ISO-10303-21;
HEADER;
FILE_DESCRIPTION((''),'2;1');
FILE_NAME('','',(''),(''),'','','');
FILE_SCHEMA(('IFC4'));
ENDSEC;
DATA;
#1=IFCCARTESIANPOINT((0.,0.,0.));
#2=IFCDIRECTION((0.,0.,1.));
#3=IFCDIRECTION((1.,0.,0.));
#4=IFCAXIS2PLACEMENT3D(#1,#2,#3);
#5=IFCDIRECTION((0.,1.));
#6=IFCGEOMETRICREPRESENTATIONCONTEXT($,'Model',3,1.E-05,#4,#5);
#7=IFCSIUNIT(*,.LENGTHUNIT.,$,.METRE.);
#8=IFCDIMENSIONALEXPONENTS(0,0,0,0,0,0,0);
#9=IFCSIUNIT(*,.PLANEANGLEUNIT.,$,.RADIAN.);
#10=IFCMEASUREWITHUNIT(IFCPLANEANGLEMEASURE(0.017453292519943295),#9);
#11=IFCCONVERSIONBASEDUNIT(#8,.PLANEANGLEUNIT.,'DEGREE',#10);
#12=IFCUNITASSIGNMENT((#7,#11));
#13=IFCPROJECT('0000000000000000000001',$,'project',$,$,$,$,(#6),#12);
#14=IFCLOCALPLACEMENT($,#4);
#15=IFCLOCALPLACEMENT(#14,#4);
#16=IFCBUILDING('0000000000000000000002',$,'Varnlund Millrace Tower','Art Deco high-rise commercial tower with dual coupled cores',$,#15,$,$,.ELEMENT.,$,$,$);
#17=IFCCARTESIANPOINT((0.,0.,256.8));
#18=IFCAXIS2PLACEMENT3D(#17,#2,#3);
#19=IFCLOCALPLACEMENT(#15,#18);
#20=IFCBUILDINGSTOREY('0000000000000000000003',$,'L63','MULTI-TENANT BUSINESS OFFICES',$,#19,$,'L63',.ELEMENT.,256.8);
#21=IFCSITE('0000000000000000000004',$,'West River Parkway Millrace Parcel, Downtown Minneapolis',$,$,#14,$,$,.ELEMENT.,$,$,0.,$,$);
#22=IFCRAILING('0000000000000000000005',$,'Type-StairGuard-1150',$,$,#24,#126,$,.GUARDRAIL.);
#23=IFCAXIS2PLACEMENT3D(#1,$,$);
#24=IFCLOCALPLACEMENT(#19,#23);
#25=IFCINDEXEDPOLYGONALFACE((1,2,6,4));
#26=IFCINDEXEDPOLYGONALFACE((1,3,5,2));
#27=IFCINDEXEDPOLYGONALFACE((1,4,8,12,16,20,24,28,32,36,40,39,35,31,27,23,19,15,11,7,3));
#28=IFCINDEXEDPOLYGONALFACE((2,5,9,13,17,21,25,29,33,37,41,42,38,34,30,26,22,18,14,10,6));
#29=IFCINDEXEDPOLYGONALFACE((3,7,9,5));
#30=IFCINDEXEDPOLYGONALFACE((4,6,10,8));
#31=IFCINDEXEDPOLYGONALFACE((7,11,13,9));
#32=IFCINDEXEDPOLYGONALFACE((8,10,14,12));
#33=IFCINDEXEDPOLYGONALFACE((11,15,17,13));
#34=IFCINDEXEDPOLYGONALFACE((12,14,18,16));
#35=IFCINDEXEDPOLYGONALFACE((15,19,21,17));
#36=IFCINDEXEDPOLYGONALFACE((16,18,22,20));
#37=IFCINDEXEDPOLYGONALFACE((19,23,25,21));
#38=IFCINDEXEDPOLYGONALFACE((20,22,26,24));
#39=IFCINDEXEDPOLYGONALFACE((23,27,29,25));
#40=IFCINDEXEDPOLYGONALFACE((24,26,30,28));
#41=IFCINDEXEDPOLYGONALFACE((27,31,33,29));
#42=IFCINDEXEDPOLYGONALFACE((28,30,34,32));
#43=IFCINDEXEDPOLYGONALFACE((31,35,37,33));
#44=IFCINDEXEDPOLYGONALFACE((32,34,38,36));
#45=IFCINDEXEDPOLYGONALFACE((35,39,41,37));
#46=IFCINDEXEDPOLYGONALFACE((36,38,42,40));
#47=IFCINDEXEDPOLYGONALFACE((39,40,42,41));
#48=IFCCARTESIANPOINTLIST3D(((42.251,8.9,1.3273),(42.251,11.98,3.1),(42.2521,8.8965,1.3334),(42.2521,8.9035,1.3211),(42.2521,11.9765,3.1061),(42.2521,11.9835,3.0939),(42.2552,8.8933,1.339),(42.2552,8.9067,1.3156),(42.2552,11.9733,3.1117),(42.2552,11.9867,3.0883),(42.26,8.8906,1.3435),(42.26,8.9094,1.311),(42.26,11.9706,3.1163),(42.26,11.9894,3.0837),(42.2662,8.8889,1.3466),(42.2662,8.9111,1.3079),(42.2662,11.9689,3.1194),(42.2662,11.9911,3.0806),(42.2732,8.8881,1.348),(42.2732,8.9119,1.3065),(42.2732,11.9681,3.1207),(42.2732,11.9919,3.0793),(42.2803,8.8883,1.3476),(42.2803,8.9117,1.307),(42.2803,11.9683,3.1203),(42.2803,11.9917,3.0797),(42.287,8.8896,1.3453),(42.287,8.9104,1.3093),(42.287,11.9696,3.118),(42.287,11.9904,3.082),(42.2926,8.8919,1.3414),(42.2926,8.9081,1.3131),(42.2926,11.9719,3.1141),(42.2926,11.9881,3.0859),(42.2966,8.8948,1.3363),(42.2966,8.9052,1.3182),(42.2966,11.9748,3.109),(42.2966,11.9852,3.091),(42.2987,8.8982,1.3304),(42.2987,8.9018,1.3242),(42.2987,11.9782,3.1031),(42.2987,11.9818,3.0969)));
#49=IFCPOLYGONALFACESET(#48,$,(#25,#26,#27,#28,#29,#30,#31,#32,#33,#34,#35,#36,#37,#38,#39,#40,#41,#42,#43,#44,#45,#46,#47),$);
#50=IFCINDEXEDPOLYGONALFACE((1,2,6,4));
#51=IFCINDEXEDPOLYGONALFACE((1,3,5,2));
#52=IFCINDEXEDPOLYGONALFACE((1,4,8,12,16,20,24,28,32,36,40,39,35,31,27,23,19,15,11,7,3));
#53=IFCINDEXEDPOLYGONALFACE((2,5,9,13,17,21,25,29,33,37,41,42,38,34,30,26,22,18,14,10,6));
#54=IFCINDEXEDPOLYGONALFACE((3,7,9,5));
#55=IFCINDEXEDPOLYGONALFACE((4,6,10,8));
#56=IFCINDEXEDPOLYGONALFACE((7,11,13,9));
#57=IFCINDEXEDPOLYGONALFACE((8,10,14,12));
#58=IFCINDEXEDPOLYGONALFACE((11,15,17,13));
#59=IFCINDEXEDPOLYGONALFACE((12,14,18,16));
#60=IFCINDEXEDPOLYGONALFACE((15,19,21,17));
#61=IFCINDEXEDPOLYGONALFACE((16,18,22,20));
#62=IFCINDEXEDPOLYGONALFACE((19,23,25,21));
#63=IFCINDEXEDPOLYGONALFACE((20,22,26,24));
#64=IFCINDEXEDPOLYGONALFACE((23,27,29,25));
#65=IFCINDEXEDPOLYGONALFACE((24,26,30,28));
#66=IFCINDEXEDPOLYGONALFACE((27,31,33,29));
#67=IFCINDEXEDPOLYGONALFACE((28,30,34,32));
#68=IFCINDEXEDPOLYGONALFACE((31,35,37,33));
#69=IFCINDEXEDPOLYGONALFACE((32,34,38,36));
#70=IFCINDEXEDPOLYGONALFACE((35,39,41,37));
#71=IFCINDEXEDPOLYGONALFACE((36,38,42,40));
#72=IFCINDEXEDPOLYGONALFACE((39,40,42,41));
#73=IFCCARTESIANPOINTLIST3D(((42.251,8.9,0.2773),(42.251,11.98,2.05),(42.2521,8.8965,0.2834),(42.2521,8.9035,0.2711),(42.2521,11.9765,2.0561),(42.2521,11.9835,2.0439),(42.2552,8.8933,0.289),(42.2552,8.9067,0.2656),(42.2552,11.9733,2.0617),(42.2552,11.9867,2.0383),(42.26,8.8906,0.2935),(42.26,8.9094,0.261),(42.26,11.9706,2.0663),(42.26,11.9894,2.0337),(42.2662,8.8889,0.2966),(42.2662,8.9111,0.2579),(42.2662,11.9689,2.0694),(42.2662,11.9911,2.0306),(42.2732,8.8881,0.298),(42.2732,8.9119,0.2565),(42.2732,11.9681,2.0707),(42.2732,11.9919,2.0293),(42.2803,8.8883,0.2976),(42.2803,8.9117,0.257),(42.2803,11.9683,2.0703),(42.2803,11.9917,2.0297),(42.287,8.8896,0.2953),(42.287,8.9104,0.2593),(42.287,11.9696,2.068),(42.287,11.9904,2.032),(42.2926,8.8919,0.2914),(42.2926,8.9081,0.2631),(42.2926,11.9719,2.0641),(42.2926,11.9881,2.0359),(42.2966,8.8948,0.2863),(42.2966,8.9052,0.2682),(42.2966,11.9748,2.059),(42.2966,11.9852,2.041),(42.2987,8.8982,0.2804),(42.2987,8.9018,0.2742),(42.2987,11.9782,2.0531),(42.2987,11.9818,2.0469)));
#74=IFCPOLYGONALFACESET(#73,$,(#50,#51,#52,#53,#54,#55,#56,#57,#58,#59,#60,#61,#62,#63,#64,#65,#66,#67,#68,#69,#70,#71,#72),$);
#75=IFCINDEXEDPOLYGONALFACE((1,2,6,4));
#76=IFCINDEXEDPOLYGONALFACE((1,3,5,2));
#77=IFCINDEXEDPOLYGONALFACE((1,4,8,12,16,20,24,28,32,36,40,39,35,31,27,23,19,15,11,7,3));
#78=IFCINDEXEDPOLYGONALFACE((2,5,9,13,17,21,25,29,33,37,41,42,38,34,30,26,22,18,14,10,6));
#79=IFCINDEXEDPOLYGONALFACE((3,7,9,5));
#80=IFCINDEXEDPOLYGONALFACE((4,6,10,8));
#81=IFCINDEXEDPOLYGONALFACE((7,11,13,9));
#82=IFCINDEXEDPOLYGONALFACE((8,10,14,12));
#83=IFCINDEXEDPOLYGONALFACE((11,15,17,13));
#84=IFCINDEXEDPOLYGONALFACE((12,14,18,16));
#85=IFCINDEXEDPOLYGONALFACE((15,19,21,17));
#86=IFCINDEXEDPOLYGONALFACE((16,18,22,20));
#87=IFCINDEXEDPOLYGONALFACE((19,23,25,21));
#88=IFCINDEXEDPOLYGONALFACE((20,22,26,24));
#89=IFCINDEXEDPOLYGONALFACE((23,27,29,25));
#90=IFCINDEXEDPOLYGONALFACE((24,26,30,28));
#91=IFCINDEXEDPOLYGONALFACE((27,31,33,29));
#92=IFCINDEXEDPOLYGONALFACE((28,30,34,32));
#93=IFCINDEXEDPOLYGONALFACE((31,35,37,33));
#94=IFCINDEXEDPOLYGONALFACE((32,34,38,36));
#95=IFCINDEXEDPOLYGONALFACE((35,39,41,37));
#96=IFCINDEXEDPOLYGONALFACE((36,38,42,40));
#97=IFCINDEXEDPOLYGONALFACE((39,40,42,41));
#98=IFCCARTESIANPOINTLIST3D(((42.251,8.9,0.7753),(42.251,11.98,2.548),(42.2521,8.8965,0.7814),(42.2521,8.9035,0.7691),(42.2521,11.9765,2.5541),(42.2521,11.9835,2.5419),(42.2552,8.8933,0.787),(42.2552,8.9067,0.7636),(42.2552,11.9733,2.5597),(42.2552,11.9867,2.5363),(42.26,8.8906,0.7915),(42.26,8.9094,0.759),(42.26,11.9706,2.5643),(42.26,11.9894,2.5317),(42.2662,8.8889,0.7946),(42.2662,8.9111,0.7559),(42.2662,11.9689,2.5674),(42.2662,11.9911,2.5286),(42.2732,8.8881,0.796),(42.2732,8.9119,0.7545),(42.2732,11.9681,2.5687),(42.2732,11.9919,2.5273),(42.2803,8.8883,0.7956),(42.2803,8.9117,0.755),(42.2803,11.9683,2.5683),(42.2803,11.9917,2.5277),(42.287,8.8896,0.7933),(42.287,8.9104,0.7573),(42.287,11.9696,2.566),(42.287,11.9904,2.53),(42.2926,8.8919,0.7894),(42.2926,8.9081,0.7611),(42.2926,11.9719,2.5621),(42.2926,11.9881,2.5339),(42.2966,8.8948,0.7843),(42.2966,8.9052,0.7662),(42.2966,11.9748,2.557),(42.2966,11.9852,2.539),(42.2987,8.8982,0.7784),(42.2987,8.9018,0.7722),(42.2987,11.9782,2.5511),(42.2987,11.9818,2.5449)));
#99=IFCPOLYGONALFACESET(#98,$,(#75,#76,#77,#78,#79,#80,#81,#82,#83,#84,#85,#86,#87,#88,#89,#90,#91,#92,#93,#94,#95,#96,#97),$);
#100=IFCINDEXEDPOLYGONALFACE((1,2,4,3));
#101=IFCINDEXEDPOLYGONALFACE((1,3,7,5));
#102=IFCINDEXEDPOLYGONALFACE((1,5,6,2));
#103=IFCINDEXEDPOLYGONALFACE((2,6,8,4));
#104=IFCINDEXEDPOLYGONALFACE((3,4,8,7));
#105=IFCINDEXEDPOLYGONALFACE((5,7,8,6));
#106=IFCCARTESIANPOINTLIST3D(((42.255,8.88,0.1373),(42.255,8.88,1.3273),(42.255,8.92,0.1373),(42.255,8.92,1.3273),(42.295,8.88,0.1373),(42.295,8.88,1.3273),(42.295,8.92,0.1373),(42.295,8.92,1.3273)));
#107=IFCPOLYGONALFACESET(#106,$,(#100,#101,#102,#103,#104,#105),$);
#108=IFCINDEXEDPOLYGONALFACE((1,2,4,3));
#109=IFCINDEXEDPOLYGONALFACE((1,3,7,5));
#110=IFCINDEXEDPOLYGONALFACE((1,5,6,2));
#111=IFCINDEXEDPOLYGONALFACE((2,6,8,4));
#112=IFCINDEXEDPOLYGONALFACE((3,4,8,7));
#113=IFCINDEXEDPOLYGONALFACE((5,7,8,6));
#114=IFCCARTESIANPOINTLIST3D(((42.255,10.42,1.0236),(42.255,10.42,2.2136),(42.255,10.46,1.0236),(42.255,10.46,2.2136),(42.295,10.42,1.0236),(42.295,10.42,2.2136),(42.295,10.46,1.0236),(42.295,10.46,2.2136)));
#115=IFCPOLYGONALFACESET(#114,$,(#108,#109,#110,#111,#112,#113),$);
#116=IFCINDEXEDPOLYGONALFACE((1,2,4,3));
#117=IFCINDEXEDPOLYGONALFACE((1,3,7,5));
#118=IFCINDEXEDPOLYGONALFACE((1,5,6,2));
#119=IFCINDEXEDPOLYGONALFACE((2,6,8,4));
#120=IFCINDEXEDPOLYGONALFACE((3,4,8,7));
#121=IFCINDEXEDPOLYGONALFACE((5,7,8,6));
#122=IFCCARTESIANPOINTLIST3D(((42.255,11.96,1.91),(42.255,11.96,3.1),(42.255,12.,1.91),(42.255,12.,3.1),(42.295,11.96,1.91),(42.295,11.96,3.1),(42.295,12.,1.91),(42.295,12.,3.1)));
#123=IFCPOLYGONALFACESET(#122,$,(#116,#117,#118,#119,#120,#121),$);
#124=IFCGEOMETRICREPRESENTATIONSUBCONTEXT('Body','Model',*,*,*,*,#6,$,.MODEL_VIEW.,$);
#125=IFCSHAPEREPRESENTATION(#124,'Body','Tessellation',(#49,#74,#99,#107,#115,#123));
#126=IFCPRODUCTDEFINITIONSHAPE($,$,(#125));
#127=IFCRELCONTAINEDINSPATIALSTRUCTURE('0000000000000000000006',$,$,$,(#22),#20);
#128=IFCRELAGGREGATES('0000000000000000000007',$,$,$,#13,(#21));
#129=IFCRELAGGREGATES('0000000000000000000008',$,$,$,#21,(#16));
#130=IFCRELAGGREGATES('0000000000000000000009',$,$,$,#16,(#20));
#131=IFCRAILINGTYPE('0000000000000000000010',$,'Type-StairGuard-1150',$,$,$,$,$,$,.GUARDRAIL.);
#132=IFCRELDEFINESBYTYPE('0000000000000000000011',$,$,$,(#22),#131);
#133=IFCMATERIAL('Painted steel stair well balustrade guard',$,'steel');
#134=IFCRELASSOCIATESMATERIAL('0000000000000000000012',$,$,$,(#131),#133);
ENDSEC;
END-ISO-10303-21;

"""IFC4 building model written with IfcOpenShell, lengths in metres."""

from ifc_helpers import new_model, entity, si_unit, converted_unit, direction, frame, origin_with_axes, origin_2d_with_axis, place, context, subcontext, project, spatial, rectangle, circle, extrude, material, type_object, element, save


model = new_model("IFC4")

# Units and contexts
model_context = context("Model", 3, precision=1e-05, world=origin_with_axes(), true_north=direction((0.0, 1.0)))
body_context = subcontext(model_context, "Body", "Model", "MODEL_VIEW")
ifc_project = project(units=[si_unit("LENGTHUNIT", "METRE"), converted_unit("PLANEANGLEUNIT", "DEGREE", entity("IfcPlaneAngleMeasure", 0.017453292519943295), si_unit("PLANEANGLEUNIT", "RADIAN"), dimensions=[0, 0, 0, 0, 0, 0, 0])], contexts=[model_context])

# Site, building, storey
site_placement = place(None, origin_with_axes())
site = spatial("IfcSite", under=ifc_project, at=site_placement, Name="West River Parkway Millrace Parcel, Downtown Minneapolis", CompositionType="ELEMENT", RefElevation=0.0)
building_placement = place(site_placement, origin_with_axes())
building = spatial("IfcBuilding", under=site, at=building_placement, Name="Varnlund Millrace Tower", Description="Art Deco high-rise commercial tower with dual coupled cores", CompositionType="ELEMENT")
storey_placement = place(building_placement, frame((0.0, 0.0, 256.8), z_axis=(0.0, 0.0, 1.0), x_axis=(1.0, 0.0, 0.0)))
storey = spatial("IfcBuildingStorey", under=building, at=storey_placement, Name="L63", Description="MULTI-TENANT BUSINESS OFFICES", LongName="L63", CompositionType="ELEMENT", Elevation=256.8)

# Railing
ifc_material_1 = material(Name="Painted steel stair well balustrade guard", Category="steel")
railing_type_1 = type_object("IfcRailingType", Name="Type-StairGuard-1150", PredefinedType="GUARDRAIL", material=ifc_material_1)
railing_1_placement = place(storey_placement, frame((0.0, 0.0, -256.8), z_axis=(0.0, 0.0, 1.0), x_axis=(1.0, 0.0, 0.0)))
element("IfcRailing", 1, at=railing_1_placement, inside=storey, type_object=railing_type_1, Name="Type-StairGuard-1150", PredefinedType="GUARDRAIL", context=body_context, shape_type="SweptSolid", body=[
    extrude(circle(Radius=0.024, at=origin_2d_with_axis()), frame((42.275, 8.9, 258.1273), z_axis=(0.0, 0.866696, 0.498836), x_axis=(-1.0, 0.0, 0.0)), (0.0, 0.0, 1.0), 3.5537),
    extrude(circle(Radius=0.024, at=origin_2d_with_axis()), frame((42.275, 8.9, 257.0773), z_axis=(0.0, 0.866696, 0.498836), x_axis=(-1.0, 0.0, 0.0)), (0.0, 0.0, 1.0), 3.5537),
    extrude(circle(Radius=0.024, at=origin_2d_with_axis()), frame((42.275, 8.9, 257.5753), z_axis=(0.0, 0.866696, 0.498836), x_axis=(-1.0, 0.0, 0.0)), (0.0, 0.0, 1.0), 3.5537),
    extrude(rectangle(XDim=0.04, YDim=0.04, at=origin_2d_with_axis()), frame((42.275, 8.9, 256.9373), z_axis=(0.0, 0.0, 1.0), x_axis=(1.0, 0.0, 0.0)), (0.0, 0.0, 1.0), 1.19),
    extrude(rectangle(XDim=0.04, YDim=0.04, at=origin_2d_with_axis()), frame((42.275, 10.44, 257.8236), z_axis=(0.0, 0.0, 1.0), x_axis=(1.0, 0.0, 0.0)), (0.0, 0.0, 1.0), 1.19),
    extrude(rectangle(XDim=0.04, YDim=0.04, at=origin_2d_with_axis()), frame((42.275, 11.98, 258.71), z_axis=(0.0, 0.0, 1.0), x_axis=(1.0, 0.0, 0.0)), (0.0, 0.0, 1.0), 1.19),
])

save(model, "model.ifc")
